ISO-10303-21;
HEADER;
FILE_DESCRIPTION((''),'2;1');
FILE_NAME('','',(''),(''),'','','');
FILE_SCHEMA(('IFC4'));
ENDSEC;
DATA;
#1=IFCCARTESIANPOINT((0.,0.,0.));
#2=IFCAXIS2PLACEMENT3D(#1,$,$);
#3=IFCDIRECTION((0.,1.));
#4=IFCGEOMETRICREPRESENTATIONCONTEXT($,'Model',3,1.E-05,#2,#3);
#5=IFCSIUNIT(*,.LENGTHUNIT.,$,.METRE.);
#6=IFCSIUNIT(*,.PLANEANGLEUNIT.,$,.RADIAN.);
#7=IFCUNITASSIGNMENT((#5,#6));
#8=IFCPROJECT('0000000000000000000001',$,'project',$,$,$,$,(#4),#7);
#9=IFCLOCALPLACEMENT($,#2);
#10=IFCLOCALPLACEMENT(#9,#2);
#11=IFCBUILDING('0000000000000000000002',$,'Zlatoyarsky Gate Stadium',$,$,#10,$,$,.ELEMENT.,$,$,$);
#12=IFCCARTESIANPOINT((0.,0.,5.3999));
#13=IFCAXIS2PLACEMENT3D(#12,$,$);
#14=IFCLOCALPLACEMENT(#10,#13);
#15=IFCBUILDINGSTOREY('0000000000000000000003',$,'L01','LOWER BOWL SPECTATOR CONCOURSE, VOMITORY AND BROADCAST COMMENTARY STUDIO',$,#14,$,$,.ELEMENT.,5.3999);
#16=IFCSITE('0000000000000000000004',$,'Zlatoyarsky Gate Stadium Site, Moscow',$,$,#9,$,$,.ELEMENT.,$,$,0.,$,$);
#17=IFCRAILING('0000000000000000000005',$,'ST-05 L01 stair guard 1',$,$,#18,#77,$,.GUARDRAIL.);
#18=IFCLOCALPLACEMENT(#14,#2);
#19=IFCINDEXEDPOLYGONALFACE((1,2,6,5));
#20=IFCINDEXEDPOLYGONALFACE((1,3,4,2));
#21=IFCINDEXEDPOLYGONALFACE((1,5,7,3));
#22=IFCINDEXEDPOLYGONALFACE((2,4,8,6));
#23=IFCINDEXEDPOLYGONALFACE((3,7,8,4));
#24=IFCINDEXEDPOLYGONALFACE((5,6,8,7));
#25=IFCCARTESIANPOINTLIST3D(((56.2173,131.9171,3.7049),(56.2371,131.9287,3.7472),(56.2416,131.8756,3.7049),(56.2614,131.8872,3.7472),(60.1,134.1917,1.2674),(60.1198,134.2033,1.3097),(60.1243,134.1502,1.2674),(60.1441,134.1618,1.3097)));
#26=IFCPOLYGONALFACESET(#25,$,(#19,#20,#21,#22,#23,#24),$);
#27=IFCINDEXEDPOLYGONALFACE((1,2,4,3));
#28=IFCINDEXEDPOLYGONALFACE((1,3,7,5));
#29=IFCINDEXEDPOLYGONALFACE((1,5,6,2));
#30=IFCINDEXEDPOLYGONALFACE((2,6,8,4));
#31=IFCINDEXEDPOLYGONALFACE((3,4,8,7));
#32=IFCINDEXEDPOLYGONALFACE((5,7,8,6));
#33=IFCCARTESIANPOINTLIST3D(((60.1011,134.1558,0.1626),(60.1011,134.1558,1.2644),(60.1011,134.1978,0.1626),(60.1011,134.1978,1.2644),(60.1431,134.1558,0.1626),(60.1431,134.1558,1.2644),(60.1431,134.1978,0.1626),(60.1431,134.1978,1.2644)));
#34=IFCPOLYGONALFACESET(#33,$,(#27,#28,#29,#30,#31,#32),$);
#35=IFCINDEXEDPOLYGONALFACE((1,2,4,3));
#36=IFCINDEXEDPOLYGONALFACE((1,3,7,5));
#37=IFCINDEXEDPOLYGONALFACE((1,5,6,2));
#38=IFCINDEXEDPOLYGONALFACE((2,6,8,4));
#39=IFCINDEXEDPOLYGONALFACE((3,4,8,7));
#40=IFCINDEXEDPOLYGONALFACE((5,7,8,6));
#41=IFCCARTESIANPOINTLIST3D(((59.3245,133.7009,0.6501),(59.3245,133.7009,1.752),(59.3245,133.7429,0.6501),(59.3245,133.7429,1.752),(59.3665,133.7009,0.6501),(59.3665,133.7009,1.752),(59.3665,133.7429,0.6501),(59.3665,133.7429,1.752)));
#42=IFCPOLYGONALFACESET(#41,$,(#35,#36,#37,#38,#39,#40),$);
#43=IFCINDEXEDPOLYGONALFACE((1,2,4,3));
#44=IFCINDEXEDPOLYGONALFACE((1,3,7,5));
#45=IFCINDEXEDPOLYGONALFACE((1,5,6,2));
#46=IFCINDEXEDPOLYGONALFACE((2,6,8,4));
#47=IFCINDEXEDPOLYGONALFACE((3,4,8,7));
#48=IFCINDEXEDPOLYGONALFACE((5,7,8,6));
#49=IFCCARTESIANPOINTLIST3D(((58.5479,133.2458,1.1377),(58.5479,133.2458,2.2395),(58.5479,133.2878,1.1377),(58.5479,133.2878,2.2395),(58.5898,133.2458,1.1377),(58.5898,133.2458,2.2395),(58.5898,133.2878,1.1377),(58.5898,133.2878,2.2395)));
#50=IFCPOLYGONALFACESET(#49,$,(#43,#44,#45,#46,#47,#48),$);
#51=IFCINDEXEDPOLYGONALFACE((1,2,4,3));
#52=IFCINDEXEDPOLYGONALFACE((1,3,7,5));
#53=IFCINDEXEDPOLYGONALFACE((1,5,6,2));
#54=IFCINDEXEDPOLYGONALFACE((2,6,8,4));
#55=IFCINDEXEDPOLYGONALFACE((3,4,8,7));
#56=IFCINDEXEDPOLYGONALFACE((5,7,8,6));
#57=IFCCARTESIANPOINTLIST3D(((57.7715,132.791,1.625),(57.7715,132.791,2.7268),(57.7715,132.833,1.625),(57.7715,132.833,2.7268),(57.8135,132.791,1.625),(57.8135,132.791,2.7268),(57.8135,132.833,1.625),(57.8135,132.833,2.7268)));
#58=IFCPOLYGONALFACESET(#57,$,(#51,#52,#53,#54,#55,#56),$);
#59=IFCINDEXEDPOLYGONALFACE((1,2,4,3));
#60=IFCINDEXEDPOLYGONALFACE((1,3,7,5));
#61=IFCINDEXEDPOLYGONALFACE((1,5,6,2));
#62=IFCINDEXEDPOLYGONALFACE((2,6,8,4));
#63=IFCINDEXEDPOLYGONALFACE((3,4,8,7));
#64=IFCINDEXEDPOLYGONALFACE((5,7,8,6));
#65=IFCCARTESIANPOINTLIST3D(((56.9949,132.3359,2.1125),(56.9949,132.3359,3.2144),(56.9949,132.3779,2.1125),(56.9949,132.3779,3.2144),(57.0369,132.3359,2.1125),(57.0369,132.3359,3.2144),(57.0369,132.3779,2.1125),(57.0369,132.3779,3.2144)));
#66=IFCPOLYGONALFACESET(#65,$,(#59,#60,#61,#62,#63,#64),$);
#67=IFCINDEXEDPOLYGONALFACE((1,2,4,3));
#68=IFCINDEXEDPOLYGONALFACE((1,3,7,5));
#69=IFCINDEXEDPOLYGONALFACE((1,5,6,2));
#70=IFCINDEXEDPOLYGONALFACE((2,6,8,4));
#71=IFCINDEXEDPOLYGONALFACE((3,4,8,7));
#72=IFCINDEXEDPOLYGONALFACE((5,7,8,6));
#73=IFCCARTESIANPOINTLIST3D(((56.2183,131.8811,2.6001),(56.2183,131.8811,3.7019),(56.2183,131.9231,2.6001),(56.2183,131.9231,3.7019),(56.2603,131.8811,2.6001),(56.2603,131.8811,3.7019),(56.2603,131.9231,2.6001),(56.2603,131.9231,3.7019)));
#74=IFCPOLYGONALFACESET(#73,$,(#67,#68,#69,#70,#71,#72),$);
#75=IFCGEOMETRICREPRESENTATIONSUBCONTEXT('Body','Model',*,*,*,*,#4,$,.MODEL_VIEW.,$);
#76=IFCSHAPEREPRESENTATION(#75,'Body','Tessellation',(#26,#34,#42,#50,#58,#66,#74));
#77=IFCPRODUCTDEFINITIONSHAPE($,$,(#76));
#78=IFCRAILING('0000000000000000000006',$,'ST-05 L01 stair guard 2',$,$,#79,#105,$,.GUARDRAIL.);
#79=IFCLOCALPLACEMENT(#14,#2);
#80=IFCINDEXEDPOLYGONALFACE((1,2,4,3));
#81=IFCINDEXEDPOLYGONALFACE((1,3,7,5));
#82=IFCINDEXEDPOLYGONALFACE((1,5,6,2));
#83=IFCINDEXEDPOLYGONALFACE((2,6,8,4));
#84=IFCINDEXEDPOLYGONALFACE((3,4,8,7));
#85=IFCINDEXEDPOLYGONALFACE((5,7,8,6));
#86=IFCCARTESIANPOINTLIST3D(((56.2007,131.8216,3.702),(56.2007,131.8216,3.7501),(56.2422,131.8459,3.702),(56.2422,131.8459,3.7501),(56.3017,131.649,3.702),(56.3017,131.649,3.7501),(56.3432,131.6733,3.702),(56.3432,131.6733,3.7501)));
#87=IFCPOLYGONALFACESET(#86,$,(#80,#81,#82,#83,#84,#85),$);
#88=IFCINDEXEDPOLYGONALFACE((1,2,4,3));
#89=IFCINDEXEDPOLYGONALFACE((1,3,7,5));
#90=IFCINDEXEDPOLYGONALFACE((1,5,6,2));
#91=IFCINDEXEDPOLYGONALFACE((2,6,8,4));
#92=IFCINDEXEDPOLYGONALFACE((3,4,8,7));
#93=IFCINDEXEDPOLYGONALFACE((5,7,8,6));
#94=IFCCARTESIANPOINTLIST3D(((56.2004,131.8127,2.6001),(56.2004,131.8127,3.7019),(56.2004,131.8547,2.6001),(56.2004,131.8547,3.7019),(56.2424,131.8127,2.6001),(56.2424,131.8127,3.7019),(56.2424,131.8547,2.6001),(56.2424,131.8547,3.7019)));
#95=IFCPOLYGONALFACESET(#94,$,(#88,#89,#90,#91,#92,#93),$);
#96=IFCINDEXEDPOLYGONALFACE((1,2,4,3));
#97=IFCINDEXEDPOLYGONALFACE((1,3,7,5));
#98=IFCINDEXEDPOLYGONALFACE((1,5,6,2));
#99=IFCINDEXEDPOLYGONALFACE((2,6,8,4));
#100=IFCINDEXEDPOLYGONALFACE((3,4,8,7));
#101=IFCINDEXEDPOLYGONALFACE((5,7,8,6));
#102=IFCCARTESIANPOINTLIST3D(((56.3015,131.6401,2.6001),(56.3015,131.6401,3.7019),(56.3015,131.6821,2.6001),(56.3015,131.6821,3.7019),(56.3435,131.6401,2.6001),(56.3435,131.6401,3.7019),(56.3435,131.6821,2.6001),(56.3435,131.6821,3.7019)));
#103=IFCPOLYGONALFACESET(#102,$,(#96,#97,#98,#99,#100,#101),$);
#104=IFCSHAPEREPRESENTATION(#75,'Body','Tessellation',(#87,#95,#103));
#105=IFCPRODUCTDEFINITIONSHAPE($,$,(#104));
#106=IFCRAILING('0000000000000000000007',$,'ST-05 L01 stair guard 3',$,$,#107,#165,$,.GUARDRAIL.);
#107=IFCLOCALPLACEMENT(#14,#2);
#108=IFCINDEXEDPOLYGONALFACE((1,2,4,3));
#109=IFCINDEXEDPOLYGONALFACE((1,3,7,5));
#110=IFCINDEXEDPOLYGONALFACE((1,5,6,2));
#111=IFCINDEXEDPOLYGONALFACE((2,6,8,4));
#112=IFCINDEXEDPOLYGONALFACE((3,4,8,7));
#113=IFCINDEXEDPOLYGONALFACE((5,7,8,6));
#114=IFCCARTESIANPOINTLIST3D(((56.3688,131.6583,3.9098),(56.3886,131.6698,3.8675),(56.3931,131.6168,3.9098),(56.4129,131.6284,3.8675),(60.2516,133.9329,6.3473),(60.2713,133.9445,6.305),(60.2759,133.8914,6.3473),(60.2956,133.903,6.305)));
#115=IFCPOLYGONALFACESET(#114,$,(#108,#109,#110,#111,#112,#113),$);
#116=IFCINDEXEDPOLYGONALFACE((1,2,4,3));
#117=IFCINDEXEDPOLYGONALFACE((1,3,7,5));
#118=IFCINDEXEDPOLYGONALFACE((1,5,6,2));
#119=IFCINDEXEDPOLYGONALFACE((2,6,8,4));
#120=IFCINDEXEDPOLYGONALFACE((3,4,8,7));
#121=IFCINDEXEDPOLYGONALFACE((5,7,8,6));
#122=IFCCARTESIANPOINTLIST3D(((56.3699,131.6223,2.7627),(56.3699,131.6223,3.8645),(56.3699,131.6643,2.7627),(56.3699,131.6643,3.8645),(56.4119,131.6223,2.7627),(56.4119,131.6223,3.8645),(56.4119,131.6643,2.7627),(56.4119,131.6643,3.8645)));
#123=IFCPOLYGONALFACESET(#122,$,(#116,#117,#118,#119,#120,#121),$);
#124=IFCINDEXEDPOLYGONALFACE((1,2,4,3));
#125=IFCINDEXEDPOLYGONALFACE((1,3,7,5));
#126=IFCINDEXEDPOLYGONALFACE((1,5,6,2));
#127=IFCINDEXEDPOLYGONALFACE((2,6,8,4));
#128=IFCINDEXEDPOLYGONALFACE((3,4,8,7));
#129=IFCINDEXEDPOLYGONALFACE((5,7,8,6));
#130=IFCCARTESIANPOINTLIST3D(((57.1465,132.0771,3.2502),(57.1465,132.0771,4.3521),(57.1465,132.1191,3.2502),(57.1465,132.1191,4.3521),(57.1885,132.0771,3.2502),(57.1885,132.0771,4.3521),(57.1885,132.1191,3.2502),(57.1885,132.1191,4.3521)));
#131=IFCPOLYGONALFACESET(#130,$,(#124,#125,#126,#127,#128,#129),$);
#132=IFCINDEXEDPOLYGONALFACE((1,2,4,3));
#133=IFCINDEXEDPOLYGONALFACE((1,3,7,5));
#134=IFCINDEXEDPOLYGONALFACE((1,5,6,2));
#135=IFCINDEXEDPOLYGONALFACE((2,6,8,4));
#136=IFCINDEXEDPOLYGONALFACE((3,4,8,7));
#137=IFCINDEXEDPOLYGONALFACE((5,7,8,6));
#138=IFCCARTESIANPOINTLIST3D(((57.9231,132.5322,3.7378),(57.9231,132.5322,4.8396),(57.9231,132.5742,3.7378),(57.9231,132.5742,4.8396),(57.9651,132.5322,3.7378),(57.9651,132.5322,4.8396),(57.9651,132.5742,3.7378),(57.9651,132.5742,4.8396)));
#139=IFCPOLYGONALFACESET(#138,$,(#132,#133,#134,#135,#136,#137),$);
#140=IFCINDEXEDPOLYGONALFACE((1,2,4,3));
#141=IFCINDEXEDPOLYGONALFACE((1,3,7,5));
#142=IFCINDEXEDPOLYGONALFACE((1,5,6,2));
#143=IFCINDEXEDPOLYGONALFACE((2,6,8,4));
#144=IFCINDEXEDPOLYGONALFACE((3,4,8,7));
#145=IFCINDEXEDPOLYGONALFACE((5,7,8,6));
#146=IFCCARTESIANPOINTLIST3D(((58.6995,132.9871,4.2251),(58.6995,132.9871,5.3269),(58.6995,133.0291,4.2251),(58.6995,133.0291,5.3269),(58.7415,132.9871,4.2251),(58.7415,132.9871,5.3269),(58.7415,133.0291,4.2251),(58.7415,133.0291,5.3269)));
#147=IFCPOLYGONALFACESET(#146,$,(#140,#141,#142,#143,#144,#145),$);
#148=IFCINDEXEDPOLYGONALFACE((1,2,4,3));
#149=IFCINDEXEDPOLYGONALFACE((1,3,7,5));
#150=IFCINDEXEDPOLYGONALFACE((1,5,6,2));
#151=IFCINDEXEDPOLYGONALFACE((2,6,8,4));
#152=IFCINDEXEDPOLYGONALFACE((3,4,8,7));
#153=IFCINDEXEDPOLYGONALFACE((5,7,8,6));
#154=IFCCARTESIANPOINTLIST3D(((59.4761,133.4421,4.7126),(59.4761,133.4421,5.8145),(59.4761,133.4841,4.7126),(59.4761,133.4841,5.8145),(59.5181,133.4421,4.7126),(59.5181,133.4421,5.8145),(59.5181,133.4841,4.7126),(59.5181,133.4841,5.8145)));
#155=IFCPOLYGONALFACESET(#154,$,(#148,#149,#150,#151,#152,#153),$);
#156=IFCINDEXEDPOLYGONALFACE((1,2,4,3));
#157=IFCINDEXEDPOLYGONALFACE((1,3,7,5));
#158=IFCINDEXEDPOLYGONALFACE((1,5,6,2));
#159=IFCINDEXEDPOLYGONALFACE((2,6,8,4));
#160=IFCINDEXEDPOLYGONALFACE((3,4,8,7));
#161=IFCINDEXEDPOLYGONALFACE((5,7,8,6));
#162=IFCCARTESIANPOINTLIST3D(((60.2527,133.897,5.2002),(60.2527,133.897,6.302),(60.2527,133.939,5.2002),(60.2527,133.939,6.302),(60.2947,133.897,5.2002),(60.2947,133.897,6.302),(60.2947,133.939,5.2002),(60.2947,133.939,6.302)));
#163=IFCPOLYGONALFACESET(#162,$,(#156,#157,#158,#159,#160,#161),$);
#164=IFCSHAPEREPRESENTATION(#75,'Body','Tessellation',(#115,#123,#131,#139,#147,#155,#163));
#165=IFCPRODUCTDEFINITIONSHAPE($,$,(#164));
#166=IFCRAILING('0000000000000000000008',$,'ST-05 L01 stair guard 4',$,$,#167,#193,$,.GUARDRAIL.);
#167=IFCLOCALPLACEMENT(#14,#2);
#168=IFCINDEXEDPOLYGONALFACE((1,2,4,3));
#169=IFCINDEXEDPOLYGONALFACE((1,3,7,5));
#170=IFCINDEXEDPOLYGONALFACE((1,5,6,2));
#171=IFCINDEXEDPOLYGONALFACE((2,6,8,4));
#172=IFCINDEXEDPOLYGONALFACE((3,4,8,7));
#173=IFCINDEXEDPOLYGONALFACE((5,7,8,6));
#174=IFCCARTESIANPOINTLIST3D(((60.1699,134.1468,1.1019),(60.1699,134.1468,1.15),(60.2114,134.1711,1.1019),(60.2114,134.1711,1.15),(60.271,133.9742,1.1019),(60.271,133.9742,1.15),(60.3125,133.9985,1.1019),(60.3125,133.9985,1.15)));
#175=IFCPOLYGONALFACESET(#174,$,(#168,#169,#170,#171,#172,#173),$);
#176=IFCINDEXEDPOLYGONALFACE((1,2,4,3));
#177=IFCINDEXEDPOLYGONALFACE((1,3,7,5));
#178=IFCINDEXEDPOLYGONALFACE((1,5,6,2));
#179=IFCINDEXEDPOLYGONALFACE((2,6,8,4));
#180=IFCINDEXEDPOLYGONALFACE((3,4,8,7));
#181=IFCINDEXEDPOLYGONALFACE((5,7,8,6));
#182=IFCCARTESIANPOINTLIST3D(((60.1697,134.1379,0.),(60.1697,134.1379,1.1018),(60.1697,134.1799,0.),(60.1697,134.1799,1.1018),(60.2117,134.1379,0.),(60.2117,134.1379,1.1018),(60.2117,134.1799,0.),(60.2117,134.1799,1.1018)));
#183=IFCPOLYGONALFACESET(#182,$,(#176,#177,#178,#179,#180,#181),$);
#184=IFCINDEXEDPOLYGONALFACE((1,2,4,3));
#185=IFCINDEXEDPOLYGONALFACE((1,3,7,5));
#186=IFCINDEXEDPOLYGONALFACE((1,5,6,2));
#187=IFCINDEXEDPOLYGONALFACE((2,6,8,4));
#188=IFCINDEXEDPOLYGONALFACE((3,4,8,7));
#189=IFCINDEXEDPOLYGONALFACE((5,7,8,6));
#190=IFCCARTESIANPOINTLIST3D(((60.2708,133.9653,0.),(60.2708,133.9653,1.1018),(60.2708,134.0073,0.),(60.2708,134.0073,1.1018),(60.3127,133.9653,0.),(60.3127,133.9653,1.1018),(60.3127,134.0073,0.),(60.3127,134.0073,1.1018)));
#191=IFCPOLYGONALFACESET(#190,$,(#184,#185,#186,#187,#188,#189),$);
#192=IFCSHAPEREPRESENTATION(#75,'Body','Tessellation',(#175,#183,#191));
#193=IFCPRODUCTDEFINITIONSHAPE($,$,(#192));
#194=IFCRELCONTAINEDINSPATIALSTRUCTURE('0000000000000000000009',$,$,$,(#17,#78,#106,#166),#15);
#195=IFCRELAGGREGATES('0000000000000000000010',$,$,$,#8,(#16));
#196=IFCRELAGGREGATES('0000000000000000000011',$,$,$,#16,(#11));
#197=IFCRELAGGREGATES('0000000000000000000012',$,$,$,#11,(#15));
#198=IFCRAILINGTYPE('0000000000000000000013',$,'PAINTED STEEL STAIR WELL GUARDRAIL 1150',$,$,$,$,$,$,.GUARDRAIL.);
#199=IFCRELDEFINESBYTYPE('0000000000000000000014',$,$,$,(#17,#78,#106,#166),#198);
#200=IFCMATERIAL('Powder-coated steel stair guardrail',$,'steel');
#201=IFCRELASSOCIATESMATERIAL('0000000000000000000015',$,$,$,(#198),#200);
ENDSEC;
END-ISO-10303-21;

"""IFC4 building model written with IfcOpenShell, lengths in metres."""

from ifc_helpers import new_model, si_unit, direction, frame, origin, origin_2d, place, context, subcontext, project, spatial, rectangle, extrude, material, type_object, element, save


model = new_model("IFC4")

# Units and contexts
model_context = context("Model", 3, precision=1e-05, world=origin(), true_north=direction((0.0, 1.0)))
body_context = subcontext(model_context, "Body", "Model", "MODEL_VIEW")
ifc_project = project(units=[si_unit("LENGTHUNIT", "METRE"), si_unit("PLANEANGLEUNIT", "RADIAN")], contexts=[model_context])

# Site, building, storey
site_placement = place(None, origin())
site = spatial("IfcSite", under=ifc_project, at=site_placement, Name="Zlatoyarsky Gate Stadium Site, Moscow", CompositionType="ELEMENT", RefElevation=0.0)
building_placement = place(site_placement, origin())
building = spatial("IfcBuilding", under=site, at=building_placement, Name="Zlatoyarsky Gate Stadium", CompositionType="ELEMENT")
storey_placement = place(building_placement, frame((0.0, 0.0, 5.3999)))
storey = spatial("IfcBuildingStorey", under=building, at=storey_placement, Name="L01", Description="LOWER BOWL SPECTATOR CONCOURSE, VOMITORY AND BROADCAST COMMENTARY STUDIO", CompositionType="ELEMENT", Elevation=5.3999)

# Railings
ifc_material_1 = material(Name="Powder-coated steel stair guardrail", Category="steel")
railing_type_1 = type_object("IfcRailingType", Name="PAINTED STEEL STAIR WELL GUARDRAIL 1150", PredefinedType="GUARDRAIL", material=ifc_material_1)
railing_1_placement = place(storey_placement, frame((60.1221, 134.1768, 0.1626)))
element("IfcRailing", 1, at=railing_1_placement, inside=storey, type_object=railing_type_1, Name="ST-05 L01 stair guard 1", PredefinedType="GUARDRAIL", context=body_context, shape_type="SweptSolid", body=[
    extrude(rectangle(XDim=0.0481, YDim=0.0481, at=origin_2d()), frame((0.0, 0.0, 1.126), z_axis=(-0.75869, -0.444462, 0.47628), x_axis=(0.505476, -0.862841, 0.0)), (0.0, 0.0, 1.0), 5.1177),
    extrude(rectangle(XDim=0.042, YDim=0.042, at=origin_2d()), origin(), (0.0, 0.0, 1.0), 1.1018),
    extrude(rectangle(XDim=0.042, YDim=0.042, at=origin_2d()), frame((-0.7766, -0.4548, 0.4875)), (0.0, 0.0, 1.0), 1.1018),
    extrude(rectangle(XDim=0.042, YDim=0.042, at=origin_2d()), frame((-1.5532, -0.9099, 0.9751)), (0.0, 0.0, 1.0), 1.1018),
    extrude(rectangle(XDim=0.042, YDim=0.042, at=origin_2d()), frame((-2.3296, -1.3647, 1.4624)), (0.0, 0.0, 1.0), 1.1018),
    extrude(rectangle(XDim=0.042, YDim=0.042, at=origin_2d()), frame((-3.1062, -1.8198, 1.95)), (0.0, 0.0, 1.0), 1.1018),
    extrude(rectangle(XDim=0.042, YDim=0.042, at=origin_2d()), frame((-3.8828, -2.2747, 2.4375)), (0.0, 0.0, 1.0), 1.1018),
])
railing_2_placement = place(storey_placement, frame((56.2214, 131.8337, 2.6001)))
element("IfcRailing", 2, at=railing_2_placement, inside=storey, type_object=railing_type_1, Name="ST-05 L01 stair guard 2", PredefinedType="GUARDRAIL", context=body_context, shape_type="SweptSolid", body=[
    extrude(rectangle(XDim=0.0481, YDim=0.0481, at=origin_2d()), frame((0.0, 0.0, 1.126), z_axis=(0.505312, -0.862937, 0.0), x_axis=(0.862937, 0.505312, 0.0)), (0.0, 0.0, 1.0), 0.2),
    extrude(rectangle(XDim=0.042, YDim=0.042, at=origin_2d()), origin(), (0.0, 0.0, 1.0), 1.1018),
    extrude(rectangle(XDim=0.042, YDim=0.042, at=origin_2d()), frame((0.1011, -0.1726, 0.0)), (0.0, 0.0, 1.0), 1.1018),
])
railing_3_placement = place(storey_placement, frame((56.3909, 131.6433, 2.7627)))
element("IfcRailing", 3, at=railing_3_placement, inside=storey, type_object=railing_type_1, Name="ST-05 L01 stair guard 3", PredefinedType="GUARDRAIL", context=body_context, shape_type="SweptSolid", body=[
    extrude(rectangle(XDim=0.0481, YDim=0.0481, at=origin_2d()), frame((0.0, 0.0, 1.126), z_axis=(0.75869, 0.444462, 0.47628), x_axis=(-0.505476, 0.862841, 0.0)), (0.0, 0.0, 1.0), 5.1177),
    extrude(rectangle(XDim=0.042, YDim=0.042, at=origin_2d()), origin(), (0.0, 0.0, 1.0), 1.1018),
    extrude(rectangle(XDim=0.042, YDim=0.042, at=origin_2d()), frame((0.7766, 0.4548, 0.4875)), (0.0, 0.0, 1.0), 1.1018),
    extrude(rectangle(XDim=0.042, YDim=0.042, at=origin_2d()), frame((1.5532, 0.9099, 0.9751)), (0.0, 0.0, 1.0), 1.1018),
    extrude(rectangle(XDim=0.042, YDim=0.042, at=origin_2d()), frame((2.3296, 1.3647, 1.4624)), (0.0, 0.0, 1.0), 1.1018),
    extrude(rectangle(XDim=0.042, YDim=0.042, at=origin_2d()), frame((3.1062, 1.8198, 1.95)), (0.0, 0.0, 1.0), 1.1018),
    extrude(rectangle(XDim=0.042, YDim=0.042, at=origin_2d()), frame((3.8828, 2.2747, 2.4375)), (0.0, 0.0, 1.0), 1.1018),
])
railing_4_placement = place(storey_placement, frame((60.1907, 134.1589, 0.0)))
element("IfcRailing", 4, at=railing_4_placement, inside=storey, type_object=railing_type_1, Name="ST-05 L01 stair guard 4", PredefinedType="GUARDRAIL", context=body_context, shape_type="SweptSolid", body=[
    extrude(rectangle(XDim=0.0481, YDim=0.0481, at=origin_2d()), frame((0.0, 0.0, 1.126), z_axis=(0.505312, -0.862937, 0.0), x_axis=(0.862937, 0.505312, 0.0)), (0.0, 0.0, 1.0), 0.2),
    extrude(rectangle(XDim=0.042, YDim=0.042, at=origin_2d()), origin(), (0.0, 0.0, 1.0), 1.1018),
    extrude(rectangle(XDim=0.042, YDim=0.042, at=origin_2d()), frame((0.1011, -0.1726, 0.0)), (0.0, 0.0, 1.0), 1.1018),
])

save(model, "model.ifc")
